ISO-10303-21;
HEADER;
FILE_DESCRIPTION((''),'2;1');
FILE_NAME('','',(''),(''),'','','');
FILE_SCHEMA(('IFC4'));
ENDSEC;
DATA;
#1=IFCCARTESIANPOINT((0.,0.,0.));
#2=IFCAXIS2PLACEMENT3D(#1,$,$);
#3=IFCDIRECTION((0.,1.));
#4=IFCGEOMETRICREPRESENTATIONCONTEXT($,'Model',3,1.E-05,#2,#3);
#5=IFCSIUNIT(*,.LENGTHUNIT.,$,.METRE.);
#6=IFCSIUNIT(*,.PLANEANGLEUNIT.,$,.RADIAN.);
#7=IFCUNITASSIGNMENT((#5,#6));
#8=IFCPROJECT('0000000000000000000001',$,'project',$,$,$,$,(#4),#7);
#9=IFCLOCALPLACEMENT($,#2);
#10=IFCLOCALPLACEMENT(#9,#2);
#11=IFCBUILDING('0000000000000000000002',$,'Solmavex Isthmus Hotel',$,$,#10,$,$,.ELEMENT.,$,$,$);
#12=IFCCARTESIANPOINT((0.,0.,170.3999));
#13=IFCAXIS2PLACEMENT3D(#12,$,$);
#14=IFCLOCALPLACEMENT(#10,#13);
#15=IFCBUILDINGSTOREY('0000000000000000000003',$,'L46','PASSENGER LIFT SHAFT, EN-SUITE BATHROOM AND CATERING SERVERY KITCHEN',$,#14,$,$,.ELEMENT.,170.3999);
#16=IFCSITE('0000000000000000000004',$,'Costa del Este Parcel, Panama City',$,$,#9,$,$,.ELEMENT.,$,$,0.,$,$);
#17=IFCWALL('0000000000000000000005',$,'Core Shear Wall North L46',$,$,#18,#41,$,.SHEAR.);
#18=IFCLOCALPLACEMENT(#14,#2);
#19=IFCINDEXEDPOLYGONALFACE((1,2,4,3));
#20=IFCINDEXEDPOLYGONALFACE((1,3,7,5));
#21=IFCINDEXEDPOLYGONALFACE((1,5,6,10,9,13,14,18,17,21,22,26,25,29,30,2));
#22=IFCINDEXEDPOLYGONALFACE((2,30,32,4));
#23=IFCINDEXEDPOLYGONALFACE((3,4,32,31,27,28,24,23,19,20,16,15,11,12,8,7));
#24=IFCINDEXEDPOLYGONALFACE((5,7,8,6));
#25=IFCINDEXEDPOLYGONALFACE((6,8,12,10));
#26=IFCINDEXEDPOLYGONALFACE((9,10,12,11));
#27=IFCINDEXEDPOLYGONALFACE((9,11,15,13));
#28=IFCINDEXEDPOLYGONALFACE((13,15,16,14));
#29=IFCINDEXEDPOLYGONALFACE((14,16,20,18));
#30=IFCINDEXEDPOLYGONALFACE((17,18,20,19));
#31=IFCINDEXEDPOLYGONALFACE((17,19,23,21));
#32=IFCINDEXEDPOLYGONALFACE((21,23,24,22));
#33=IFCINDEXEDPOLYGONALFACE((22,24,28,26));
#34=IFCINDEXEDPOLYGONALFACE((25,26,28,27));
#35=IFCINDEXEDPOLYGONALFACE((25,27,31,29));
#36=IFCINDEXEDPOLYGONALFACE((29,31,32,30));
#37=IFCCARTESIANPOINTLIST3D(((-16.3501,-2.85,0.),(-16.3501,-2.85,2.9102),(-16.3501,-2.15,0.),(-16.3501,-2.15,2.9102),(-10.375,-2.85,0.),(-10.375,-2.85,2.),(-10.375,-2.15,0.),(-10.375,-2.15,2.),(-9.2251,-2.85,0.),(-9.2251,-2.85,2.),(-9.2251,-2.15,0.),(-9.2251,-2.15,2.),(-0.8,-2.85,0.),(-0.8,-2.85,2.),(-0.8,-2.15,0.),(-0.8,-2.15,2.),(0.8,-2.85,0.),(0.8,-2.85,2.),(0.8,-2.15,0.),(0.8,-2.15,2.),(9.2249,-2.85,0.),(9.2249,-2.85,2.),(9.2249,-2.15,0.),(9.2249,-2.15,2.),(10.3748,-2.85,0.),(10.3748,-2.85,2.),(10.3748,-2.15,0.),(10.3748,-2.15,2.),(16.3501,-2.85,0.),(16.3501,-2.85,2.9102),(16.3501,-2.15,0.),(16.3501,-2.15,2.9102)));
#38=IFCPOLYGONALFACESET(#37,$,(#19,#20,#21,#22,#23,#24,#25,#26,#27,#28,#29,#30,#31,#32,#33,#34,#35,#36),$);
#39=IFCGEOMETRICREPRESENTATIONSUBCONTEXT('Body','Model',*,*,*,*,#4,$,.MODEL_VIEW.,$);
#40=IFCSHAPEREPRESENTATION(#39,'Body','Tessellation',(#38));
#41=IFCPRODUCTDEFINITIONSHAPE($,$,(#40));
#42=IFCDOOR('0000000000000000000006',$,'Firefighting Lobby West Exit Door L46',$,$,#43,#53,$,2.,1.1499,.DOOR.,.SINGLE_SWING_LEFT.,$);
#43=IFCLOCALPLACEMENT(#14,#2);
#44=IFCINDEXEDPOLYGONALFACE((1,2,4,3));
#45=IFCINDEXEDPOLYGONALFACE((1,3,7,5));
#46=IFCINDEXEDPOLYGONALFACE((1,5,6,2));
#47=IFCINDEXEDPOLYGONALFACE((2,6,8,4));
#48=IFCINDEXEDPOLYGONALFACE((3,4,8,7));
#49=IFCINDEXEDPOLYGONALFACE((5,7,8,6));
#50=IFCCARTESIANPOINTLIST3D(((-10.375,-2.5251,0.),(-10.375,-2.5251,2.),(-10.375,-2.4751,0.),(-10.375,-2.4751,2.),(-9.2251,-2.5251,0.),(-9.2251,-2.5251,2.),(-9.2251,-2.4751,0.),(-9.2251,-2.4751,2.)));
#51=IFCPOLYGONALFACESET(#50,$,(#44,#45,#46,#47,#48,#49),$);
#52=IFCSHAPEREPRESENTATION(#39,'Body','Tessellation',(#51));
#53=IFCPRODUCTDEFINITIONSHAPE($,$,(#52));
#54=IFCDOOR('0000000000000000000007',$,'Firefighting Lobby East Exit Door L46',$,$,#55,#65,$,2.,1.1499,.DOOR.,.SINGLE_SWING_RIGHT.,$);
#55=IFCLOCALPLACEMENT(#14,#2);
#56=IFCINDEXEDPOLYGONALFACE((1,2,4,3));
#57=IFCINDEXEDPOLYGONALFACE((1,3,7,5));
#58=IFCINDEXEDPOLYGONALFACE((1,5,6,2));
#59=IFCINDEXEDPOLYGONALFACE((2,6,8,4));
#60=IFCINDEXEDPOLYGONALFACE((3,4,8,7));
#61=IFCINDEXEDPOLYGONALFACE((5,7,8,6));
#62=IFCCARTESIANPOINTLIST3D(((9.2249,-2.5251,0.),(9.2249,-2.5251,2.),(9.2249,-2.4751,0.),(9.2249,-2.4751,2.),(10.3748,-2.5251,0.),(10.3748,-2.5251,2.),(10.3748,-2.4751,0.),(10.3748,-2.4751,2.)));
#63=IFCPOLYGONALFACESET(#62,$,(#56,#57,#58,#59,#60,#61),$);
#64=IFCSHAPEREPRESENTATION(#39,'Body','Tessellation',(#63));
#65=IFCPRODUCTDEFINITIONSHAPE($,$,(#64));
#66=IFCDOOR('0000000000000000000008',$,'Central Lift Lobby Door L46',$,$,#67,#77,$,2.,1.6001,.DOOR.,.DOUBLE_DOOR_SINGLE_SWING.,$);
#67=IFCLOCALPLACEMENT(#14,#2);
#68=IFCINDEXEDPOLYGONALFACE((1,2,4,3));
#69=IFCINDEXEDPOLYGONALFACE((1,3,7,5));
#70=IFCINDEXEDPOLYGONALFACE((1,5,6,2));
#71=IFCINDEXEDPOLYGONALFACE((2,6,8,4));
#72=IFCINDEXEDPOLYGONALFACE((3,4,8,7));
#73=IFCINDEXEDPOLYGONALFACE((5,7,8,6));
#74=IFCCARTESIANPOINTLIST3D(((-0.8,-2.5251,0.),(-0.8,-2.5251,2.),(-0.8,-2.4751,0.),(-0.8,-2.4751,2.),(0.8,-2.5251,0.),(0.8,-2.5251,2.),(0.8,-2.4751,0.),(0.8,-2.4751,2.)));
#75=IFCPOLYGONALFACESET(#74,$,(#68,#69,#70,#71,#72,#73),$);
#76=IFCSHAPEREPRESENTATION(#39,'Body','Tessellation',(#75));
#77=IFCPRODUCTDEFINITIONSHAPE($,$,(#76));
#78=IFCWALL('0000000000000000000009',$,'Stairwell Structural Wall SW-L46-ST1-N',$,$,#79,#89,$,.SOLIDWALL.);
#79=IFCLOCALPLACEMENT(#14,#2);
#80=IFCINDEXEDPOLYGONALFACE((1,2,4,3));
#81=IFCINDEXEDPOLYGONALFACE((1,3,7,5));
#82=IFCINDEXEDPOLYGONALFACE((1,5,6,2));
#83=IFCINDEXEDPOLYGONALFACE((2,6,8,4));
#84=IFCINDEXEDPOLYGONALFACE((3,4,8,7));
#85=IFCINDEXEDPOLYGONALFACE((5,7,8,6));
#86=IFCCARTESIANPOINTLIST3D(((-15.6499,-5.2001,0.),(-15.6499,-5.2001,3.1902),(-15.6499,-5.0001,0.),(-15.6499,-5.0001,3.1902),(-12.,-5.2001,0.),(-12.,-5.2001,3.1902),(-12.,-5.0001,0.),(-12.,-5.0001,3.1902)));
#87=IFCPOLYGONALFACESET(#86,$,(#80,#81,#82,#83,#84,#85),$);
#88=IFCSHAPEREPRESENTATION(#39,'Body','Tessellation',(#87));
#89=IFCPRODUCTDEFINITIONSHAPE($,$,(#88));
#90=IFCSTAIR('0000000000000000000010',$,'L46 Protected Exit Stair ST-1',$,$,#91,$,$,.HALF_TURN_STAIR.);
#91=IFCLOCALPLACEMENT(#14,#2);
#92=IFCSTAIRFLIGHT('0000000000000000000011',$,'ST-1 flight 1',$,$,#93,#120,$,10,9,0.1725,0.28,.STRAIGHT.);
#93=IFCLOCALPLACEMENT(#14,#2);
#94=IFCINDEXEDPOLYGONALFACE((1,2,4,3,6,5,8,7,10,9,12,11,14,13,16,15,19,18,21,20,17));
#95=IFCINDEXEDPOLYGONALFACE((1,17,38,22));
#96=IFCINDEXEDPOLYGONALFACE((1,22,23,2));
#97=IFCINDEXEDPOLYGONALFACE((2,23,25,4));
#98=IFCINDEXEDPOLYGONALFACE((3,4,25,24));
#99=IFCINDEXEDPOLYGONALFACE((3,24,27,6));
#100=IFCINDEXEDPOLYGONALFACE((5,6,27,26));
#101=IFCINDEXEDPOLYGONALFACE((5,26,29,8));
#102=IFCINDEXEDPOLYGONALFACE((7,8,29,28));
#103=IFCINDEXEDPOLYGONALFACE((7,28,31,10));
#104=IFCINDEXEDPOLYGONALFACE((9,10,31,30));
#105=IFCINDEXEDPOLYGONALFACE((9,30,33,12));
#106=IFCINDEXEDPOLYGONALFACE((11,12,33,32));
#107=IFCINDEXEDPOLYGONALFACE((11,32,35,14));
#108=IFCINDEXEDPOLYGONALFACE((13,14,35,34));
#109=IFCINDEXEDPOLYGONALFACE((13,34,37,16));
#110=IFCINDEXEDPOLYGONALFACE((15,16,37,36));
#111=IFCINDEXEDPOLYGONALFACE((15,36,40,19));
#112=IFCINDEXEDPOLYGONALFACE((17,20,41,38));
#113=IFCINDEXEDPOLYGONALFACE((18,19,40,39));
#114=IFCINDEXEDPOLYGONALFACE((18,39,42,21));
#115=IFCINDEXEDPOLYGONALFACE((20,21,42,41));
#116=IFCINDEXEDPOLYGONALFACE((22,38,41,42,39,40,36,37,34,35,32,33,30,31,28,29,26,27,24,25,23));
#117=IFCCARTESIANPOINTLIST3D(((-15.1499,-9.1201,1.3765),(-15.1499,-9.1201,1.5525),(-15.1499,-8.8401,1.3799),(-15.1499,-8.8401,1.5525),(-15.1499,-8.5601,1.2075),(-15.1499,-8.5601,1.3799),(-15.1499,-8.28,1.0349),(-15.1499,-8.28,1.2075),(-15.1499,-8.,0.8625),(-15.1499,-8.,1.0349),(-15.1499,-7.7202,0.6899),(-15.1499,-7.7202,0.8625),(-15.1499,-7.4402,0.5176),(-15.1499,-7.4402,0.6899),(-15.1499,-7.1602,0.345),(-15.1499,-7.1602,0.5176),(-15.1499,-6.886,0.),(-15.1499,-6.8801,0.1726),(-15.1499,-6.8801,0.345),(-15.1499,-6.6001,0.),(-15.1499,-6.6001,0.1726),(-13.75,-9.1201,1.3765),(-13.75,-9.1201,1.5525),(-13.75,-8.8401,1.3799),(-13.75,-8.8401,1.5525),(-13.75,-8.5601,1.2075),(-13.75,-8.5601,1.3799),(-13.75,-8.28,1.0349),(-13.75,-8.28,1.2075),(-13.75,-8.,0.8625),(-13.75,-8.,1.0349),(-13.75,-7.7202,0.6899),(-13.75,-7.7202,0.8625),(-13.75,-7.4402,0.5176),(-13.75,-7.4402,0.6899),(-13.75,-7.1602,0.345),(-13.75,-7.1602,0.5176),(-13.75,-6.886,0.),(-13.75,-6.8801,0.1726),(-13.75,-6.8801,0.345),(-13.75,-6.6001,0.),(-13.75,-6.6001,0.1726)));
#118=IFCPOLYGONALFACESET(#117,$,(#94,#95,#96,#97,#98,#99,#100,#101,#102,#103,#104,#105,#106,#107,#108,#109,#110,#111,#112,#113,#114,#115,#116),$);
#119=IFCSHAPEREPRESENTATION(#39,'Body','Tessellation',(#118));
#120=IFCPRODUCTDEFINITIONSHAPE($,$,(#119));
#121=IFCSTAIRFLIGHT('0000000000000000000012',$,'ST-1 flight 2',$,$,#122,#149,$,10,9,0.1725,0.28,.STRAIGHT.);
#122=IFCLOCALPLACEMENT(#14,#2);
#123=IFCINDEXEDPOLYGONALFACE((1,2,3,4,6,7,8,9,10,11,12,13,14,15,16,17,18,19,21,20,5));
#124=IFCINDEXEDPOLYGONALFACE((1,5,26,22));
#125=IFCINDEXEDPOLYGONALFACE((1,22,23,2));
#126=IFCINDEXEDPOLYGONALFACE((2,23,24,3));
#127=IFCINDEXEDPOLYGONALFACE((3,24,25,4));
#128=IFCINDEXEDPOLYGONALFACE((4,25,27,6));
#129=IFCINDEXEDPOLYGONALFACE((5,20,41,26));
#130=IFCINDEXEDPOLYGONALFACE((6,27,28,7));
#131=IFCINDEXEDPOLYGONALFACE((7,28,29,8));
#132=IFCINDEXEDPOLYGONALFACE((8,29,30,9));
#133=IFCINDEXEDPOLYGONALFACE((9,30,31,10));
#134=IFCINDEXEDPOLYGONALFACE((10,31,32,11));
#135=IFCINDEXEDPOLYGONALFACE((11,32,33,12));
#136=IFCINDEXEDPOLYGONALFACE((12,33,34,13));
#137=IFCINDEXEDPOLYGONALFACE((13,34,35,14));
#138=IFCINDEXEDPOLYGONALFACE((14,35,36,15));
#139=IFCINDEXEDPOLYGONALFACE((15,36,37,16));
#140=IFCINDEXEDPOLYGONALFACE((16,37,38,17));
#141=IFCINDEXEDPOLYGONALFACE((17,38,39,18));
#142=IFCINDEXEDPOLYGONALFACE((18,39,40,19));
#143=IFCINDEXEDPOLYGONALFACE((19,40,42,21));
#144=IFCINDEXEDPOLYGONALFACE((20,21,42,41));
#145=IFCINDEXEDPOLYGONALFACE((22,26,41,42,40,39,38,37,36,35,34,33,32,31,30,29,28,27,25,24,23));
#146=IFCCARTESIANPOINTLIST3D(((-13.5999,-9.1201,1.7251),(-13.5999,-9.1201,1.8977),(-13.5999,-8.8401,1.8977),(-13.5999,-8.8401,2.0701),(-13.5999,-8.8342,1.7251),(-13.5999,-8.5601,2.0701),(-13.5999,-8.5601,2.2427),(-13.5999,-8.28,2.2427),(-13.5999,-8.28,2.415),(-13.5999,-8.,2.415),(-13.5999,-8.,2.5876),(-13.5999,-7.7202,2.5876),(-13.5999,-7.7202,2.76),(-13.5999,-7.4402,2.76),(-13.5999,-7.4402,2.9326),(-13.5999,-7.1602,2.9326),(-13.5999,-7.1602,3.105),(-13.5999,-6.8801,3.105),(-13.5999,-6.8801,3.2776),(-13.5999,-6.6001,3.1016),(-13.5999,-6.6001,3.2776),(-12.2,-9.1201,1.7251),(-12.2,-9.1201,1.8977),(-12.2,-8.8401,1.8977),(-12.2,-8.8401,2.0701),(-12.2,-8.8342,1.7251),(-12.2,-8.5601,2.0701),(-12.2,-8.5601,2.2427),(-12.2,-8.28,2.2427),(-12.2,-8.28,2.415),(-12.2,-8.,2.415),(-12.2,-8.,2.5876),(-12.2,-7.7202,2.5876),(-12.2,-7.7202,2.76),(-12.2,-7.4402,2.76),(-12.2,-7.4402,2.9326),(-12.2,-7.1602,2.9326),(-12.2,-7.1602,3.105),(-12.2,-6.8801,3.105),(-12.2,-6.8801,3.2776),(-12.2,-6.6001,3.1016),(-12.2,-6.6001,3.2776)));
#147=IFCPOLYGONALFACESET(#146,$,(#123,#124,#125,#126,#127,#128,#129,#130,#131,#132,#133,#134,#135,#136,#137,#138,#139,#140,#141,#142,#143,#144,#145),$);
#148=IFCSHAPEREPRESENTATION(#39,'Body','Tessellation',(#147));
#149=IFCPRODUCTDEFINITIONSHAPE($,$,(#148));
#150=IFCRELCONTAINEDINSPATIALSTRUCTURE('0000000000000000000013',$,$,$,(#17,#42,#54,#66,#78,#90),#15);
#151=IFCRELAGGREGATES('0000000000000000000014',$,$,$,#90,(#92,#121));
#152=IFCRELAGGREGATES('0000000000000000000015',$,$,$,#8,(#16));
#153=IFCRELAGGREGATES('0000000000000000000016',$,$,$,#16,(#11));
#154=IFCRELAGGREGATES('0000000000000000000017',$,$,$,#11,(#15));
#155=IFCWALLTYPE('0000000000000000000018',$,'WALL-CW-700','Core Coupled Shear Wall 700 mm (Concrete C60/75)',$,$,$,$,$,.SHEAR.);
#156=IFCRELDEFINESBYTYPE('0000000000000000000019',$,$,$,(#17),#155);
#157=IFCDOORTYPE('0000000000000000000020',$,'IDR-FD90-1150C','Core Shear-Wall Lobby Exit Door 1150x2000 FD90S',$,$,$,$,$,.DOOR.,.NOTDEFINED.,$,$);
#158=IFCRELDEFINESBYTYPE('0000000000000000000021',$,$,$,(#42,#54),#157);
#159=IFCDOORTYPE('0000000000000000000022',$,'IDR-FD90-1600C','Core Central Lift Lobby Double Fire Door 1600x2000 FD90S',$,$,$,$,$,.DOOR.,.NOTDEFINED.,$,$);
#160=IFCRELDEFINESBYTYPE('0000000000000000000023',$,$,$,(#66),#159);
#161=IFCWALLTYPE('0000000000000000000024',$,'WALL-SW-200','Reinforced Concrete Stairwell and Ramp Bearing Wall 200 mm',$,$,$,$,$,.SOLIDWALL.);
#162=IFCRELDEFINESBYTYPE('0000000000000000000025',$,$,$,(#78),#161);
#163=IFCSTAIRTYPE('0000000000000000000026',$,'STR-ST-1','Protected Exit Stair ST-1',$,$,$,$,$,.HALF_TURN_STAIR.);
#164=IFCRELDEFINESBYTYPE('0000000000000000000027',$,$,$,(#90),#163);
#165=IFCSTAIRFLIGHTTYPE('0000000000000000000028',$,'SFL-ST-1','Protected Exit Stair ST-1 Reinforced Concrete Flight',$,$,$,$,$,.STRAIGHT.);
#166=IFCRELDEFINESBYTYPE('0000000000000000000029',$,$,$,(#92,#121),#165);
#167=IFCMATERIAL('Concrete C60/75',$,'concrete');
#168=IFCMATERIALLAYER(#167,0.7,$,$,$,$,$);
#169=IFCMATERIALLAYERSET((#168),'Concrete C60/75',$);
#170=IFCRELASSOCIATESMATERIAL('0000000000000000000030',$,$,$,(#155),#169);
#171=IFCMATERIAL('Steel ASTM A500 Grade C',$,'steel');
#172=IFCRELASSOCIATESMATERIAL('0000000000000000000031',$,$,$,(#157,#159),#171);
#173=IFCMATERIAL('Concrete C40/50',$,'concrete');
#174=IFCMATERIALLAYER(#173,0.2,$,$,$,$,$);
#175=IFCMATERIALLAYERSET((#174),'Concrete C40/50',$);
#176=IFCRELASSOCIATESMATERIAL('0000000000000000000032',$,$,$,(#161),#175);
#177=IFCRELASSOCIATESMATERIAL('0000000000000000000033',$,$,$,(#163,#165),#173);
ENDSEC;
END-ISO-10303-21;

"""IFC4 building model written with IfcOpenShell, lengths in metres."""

from ifc_helpers import new_model, si_unit, direction, frame, frame_2d, origin, place, context, subcontext, project, spatial, polyline, rectangle, outline, extrude, material, layer, layer_set, type_object, element, fill, aggregate, save


model = new_model("IFC4")

# Units and contexts
model_context = context("Model", 3, precision=1e-05, world=origin(), true_north=direction((0.0, 1.0)))
body_context = subcontext(model_context, "Body", "Model", "MODEL_VIEW")
ifc_project = project(units=[si_unit("LENGTHUNIT", "METRE"), si_unit("PLANEANGLEUNIT", "RADIAN")], contexts=[model_context])

# Site, building, storey
site_placement = place(None, origin())
site = spatial("IfcSite", under=ifc_project, at=site_placement, Name="Costa del Este Parcel, Panama City", CompositionType="ELEMENT", RefElevation=0.0)
building_placement = place(site_placement, origin())
building = spatial("IfcBuilding", under=site, at=building_placement, Name="Solmavex Isthmus Hotel", CompositionType="ELEMENT")
storey_placement = place(building_placement, frame((0.0, 0.0, 170.3999)))
storey = spatial("IfcBuildingStorey", under=building, at=storey_placement, Name="L46", Description="PASSENGER LIFT SHAFT, EN-SUITE BATHROOM AND CATERING SERVERY KITCHEN", CompositionType="ELEMENT", Elevation=170.3999)

# Shared definitions
ifc_material_1 = material(Name="Concrete C60/75", Category="concrete")

# Wall, openings, doors
ifc_layer_1 = layer(ifc_material_1, 0.7)
ifc_layer_set_1 = layer_set([ifc_layer_1], Name="Concrete C60/75")
wall_type_1 = type_object("IfcWallType", Name="WALL-CW-700", Description="Core Coupled Shear Wall 700 mm (Concrete C60/75)", PredefinedType="SHEAR", material=ifc_layer_set_1)
wall_1_placement = place(storey_placement, frame((-16.3501, -2.5, 0.0), z_axis=(0.0, 0.0, 1.0), x_axis=(1.0, 0.0, 0.0)))
wall_1 = element("IfcWall", 1, at=wall_1_placement, inside=storey, type_object=wall_type_1, Name="Core Shear Wall North L46", PredefinedType="SHEAR", context=body_context, shape_type="SweptSolid", body=[
    extrude(rectangle(XDim=32.7002, YDim=0.7, at=frame_2d((16.3501, 0.0))), origin(), (0.0, 0.0, 1.0), 2.9102),
])
opening_1_placement = place(wall_1_placement, frame((5.9751, 0.0, 0.0)))
opening_1 = element("IfcOpeningElement", 2, at=opening_1_placement, cuts=wall_1, PredefinedType="OPENING", context=body_context, shape_type="SweptSolid", body=[
    extrude(rectangle(XDim=1.1499, YDim=2.0, at=frame_2d((0.575, 1.0))), frame((0.0, 0.3599, 0.0), z_axis=(0.0, -1.0, 0.0), x_axis=(1.0, 0.0, 0.0)), (0.0, 0.0, 1.0), 0.72),
])
opening_2_placement = place(wall_1_placement, frame((15.55, 0.0, 0.0)))
opening_2 = element("IfcOpeningElement", 3, at=opening_2_placement, cuts=wall_1, PredefinedType="OPENING", context=body_context, shape_type="SweptSolid", body=[
    extrude(rectangle(XDim=1.6001, YDim=2.0, at=frame_2d((0.8, 1.0))), frame((0.0, 0.3599, 0.0), z_axis=(0.0, -1.0, 0.0), x_axis=(1.0, 0.0, 0.0)), (0.0, 0.0, 1.0), 0.72),
])
opening_3_placement = place(wall_1_placement, frame((25.575, 0.0, 0.0)))
opening_3 = element("IfcOpeningElement", 4, at=opening_3_placement, cuts=wall_1, PredefinedType="OPENING", context=body_context, shape_type="SweptSolid", body=[
    extrude(rectangle(XDim=1.1499, YDim=2.0, at=frame_2d((0.575, 1.0))), frame((0.0, 0.3599, 0.0), z_axis=(0.0, -1.0, 0.0), x_axis=(1.0, 0.0, 0.0)), (0.0, 0.0, 1.0), 0.72),
])
ifc_material_2 = material(Name="Steel ASTM A500 Grade C", Category="steel")
door_type_1 = type_object("IfcDoorType", Name="IDR-FD90-1150C", Description="Core Shear-Wall Lobby Exit Door 1150x2000 FD90S", OperationType="NOTDEFINED", PredefinedType="DOOR", material=ifc_material_2)
door_1_placement = place(opening_1_placement, origin())
door_1 = element("IfcDoor", 5, at=door_1_placement, inside=storey, type_object=door_type_1, Name="Firefighting Lobby West Exit Door L46", OperationType="SINGLE_SWING_LEFT", OverallHeight=2.0, OverallWidth=1.1499, PredefinedType="DOOR", context=body_context, shape_type="SweptSolid", body=[
    extrude(rectangle(XDim=1.1499, YDim=2.0, at=frame_2d((0.575, 1.0))), frame((0.0, 0.0249, 0.0), z_axis=(0.0, -1.0, 0.0), x_axis=(1.0, 0.0, 0.0)), (0.0, 0.0, 1.0), 0.05),
])
fill(opening_1, door_1)
door_2_placement = place(opening_3_placement, origin())
door_2 = element("IfcDoor", 6, at=door_2_placement, inside=storey, type_object=door_type_1, Name="Firefighting Lobby East Exit Door L46", OperationType="SINGLE_SWING_RIGHT", OverallHeight=2.0, OverallWidth=1.1499, PredefinedType="DOOR", context=body_context, shape_type="SweptSolid", body=[
    extrude(rectangle(XDim=1.1499, YDim=2.0, at=frame_2d((0.575, 1.0))), frame((0.0, 0.0249, 0.0), z_axis=(0.0, -1.0, 0.0), x_axis=(1.0, 0.0, 0.0)), (0.0, 0.0, 1.0), 0.05),
])
fill(opening_3, door_2)
door_type_2 = type_object("IfcDoorType", Name="IDR-FD90-1600C", Description="Core Central Lift Lobby Double Fire Door 1600x2000 FD90S", OperationType="NOTDEFINED", PredefinedType="DOOR", material=ifc_material_2)
door_3_placement = place(opening_2_placement, origin())
door_3 = element("IfcDoor", 7, at=door_3_placement, inside=storey, type_object=door_type_2, Name="Central Lift Lobby Door L46", OperationType="DOUBLE_DOOR_SINGLE_SWING", OverallHeight=2.0, OverallWidth=1.6001, PredefinedType="DOOR", context=body_context, shape_type="SweptSolid", body=[
    extrude(rectangle(XDim=1.6001, YDim=2.0, at=frame_2d((0.8, 1.0))), frame((0.0, 0.0249, 0.0), z_axis=(0.0, -1.0, 0.0), x_axis=(1.0, 0.0, 0.0)), (0.0, 0.0, 1.0), 0.05),
])
fill(opening_2, door_3)

# Wall
ifc_material_3 = material(Name="Concrete C40/50", Category="concrete")
ifc_layer_2 = layer(ifc_material_3, 0.2)
ifc_layer_set_2 = layer_set([ifc_layer_2], Name="Concrete C40/50")
wall_type_2 = type_object("IfcWallType", Name="WALL-SW-200", Description="Reinforced Concrete Stairwell and Ramp Bearing Wall 200 mm", PredefinedType="SOLIDWALL", material=ifc_layer_set_2)
wall_2_placement = place(storey_placement, frame((-15.6499, -5.1001, 0.0), z_axis=(0.0, 0.0, 1.0), x_axis=(1.0, 0.0, 0.0)))
element("IfcWall", 8, at=wall_2_placement, inside=storey, type_object=wall_type_2, Name="Stairwell Structural Wall SW-L46-ST1-N", PredefinedType="SOLIDWALL", context=body_context, shape_type="SweptSolid", body=[
    extrude(rectangle(XDim=3.6499, YDim=0.2, at=frame_2d((1.825, 0.0))), origin(), (0.0, 0.0, 1.0), 3.1902),
])

# Stair, stair flights
stair_type = type_object("IfcStairType", Name="STR-ST-1", Description="Protected Exit Stair ST-1", PredefinedType="HALF_TURN_STAIR", material=ifc_material_3)
stair_placement = place(storey_placement, origin())
stair = element("IfcStair", 9, at=stair_placement, inside=storey, type_object=stair_type, Name="L46 Protected Exit Stair ST-1", PredefinedType="HALF_TURN_STAIR")
stair_flight_type = type_object("IfcStairFlightType", Name="SFL-ST-1", Description="Protected Exit Stair ST-1 Reinforced Concrete Flight", PredefinedType="STRAIGHT", material=ifc_material_3)
stair_flight_1_placement = place(storey_placement, frame((-14.45, -6.6001, 0.0), z_axis=(0.0, 0.0, 1.0), x_axis=(0.0, -1.0, 0.0)))
stair_flight_1 = element("IfcStairFlight", 10, at=stair_flight_1_placement, type_object=stair_flight_type, Name="ST-1 flight 1", NumberOfRisers=10, NumberOfTreads=9, PredefinedType="STRAIGHT", RiserHeight=0.1725, TreadLength=0.28, context=body_context, shape_type="SweptSolid", body=[
    extrude(outline(polyline([(0.0, 0.0), (0.0, 0.1726), (0.28, 0.1726), (0.28, 0.345), (0.5601, 0.345), (0.5601, 0.5176), (0.8401, 0.5176), (0.8401, 0.6899), (1.1201, 0.6899), (1.1201, 0.8625), (1.3999, 0.8625), (1.3999, 1.0349), (1.6799, 1.0349), (1.6799, 1.2075), (1.96, 1.2075), (1.96, 1.3799), (2.24, 1.3799), (2.24, 1.5525), (2.52, 1.5525), (2.52, 1.7251), (2.52, 1.3765), (0.2859, 0.0), (0.0, 0.0)])), frame((0.0, 0.7, 0.0), z_axis=(0.0, -1.0, 0.0), x_axis=(1.0, 0.0, 0.0)), (0.0, 0.0, 1.0), 1.3999),
])
stair_flight_2_placement = place(storey_placement, frame((-12.8999, -9.1201, 1.7251), z_axis=(0.0, 0.0, 1.0), x_axis=(0.0, 1.0, 0.0)))
stair_flight_2 = element("IfcStairFlight", 11, at=stair_flight_2_placement, type_object=stair_flight_type, Name="ST-1 flight 2", NumberOfRisers=10, NumberOfTreads=9, PredefinedType="STRAIGHT", RiserHeight=0.1725, TreadLength=0.28, context=body_context, shape_type="SweptSolid", body=[
    extrude(outline(polyline([(0.0, 0.0), (0.0, 0.1726), (0.28, 0.1726), (0.28, 0.345), (0.5601, 0.345), (0.5601, 0.5176), (0.8401, 0.5176), (0.8401, 0.6899), (1.1201, 0.6899), (1.1201, 0.8625), (1.3999, 0.8625), (1.3999, 1.0349), (1.6799, 1.0349), (1.6799, 1.2075), (1.96, 1.2075), (1.96, 1.3799), (2.24, 1.3799), (2.24, 1.5525), (2.52, 1.5525), (2.52, 1.7251), (2.52, 1.3765), (0.2859, 0.0), (0.0, 0.0)])), frame((0.0, 0.7, 0.0), z_axis=(0.0, -1.0, 0.0), x_axis=(1.0, 0.0, 0.0)), (0.0, 0.0, 1.0), 1.3999),
])
aggregate(stair, [stair_flight_1, stair_flight_2])

save(model, "model.ifc")
